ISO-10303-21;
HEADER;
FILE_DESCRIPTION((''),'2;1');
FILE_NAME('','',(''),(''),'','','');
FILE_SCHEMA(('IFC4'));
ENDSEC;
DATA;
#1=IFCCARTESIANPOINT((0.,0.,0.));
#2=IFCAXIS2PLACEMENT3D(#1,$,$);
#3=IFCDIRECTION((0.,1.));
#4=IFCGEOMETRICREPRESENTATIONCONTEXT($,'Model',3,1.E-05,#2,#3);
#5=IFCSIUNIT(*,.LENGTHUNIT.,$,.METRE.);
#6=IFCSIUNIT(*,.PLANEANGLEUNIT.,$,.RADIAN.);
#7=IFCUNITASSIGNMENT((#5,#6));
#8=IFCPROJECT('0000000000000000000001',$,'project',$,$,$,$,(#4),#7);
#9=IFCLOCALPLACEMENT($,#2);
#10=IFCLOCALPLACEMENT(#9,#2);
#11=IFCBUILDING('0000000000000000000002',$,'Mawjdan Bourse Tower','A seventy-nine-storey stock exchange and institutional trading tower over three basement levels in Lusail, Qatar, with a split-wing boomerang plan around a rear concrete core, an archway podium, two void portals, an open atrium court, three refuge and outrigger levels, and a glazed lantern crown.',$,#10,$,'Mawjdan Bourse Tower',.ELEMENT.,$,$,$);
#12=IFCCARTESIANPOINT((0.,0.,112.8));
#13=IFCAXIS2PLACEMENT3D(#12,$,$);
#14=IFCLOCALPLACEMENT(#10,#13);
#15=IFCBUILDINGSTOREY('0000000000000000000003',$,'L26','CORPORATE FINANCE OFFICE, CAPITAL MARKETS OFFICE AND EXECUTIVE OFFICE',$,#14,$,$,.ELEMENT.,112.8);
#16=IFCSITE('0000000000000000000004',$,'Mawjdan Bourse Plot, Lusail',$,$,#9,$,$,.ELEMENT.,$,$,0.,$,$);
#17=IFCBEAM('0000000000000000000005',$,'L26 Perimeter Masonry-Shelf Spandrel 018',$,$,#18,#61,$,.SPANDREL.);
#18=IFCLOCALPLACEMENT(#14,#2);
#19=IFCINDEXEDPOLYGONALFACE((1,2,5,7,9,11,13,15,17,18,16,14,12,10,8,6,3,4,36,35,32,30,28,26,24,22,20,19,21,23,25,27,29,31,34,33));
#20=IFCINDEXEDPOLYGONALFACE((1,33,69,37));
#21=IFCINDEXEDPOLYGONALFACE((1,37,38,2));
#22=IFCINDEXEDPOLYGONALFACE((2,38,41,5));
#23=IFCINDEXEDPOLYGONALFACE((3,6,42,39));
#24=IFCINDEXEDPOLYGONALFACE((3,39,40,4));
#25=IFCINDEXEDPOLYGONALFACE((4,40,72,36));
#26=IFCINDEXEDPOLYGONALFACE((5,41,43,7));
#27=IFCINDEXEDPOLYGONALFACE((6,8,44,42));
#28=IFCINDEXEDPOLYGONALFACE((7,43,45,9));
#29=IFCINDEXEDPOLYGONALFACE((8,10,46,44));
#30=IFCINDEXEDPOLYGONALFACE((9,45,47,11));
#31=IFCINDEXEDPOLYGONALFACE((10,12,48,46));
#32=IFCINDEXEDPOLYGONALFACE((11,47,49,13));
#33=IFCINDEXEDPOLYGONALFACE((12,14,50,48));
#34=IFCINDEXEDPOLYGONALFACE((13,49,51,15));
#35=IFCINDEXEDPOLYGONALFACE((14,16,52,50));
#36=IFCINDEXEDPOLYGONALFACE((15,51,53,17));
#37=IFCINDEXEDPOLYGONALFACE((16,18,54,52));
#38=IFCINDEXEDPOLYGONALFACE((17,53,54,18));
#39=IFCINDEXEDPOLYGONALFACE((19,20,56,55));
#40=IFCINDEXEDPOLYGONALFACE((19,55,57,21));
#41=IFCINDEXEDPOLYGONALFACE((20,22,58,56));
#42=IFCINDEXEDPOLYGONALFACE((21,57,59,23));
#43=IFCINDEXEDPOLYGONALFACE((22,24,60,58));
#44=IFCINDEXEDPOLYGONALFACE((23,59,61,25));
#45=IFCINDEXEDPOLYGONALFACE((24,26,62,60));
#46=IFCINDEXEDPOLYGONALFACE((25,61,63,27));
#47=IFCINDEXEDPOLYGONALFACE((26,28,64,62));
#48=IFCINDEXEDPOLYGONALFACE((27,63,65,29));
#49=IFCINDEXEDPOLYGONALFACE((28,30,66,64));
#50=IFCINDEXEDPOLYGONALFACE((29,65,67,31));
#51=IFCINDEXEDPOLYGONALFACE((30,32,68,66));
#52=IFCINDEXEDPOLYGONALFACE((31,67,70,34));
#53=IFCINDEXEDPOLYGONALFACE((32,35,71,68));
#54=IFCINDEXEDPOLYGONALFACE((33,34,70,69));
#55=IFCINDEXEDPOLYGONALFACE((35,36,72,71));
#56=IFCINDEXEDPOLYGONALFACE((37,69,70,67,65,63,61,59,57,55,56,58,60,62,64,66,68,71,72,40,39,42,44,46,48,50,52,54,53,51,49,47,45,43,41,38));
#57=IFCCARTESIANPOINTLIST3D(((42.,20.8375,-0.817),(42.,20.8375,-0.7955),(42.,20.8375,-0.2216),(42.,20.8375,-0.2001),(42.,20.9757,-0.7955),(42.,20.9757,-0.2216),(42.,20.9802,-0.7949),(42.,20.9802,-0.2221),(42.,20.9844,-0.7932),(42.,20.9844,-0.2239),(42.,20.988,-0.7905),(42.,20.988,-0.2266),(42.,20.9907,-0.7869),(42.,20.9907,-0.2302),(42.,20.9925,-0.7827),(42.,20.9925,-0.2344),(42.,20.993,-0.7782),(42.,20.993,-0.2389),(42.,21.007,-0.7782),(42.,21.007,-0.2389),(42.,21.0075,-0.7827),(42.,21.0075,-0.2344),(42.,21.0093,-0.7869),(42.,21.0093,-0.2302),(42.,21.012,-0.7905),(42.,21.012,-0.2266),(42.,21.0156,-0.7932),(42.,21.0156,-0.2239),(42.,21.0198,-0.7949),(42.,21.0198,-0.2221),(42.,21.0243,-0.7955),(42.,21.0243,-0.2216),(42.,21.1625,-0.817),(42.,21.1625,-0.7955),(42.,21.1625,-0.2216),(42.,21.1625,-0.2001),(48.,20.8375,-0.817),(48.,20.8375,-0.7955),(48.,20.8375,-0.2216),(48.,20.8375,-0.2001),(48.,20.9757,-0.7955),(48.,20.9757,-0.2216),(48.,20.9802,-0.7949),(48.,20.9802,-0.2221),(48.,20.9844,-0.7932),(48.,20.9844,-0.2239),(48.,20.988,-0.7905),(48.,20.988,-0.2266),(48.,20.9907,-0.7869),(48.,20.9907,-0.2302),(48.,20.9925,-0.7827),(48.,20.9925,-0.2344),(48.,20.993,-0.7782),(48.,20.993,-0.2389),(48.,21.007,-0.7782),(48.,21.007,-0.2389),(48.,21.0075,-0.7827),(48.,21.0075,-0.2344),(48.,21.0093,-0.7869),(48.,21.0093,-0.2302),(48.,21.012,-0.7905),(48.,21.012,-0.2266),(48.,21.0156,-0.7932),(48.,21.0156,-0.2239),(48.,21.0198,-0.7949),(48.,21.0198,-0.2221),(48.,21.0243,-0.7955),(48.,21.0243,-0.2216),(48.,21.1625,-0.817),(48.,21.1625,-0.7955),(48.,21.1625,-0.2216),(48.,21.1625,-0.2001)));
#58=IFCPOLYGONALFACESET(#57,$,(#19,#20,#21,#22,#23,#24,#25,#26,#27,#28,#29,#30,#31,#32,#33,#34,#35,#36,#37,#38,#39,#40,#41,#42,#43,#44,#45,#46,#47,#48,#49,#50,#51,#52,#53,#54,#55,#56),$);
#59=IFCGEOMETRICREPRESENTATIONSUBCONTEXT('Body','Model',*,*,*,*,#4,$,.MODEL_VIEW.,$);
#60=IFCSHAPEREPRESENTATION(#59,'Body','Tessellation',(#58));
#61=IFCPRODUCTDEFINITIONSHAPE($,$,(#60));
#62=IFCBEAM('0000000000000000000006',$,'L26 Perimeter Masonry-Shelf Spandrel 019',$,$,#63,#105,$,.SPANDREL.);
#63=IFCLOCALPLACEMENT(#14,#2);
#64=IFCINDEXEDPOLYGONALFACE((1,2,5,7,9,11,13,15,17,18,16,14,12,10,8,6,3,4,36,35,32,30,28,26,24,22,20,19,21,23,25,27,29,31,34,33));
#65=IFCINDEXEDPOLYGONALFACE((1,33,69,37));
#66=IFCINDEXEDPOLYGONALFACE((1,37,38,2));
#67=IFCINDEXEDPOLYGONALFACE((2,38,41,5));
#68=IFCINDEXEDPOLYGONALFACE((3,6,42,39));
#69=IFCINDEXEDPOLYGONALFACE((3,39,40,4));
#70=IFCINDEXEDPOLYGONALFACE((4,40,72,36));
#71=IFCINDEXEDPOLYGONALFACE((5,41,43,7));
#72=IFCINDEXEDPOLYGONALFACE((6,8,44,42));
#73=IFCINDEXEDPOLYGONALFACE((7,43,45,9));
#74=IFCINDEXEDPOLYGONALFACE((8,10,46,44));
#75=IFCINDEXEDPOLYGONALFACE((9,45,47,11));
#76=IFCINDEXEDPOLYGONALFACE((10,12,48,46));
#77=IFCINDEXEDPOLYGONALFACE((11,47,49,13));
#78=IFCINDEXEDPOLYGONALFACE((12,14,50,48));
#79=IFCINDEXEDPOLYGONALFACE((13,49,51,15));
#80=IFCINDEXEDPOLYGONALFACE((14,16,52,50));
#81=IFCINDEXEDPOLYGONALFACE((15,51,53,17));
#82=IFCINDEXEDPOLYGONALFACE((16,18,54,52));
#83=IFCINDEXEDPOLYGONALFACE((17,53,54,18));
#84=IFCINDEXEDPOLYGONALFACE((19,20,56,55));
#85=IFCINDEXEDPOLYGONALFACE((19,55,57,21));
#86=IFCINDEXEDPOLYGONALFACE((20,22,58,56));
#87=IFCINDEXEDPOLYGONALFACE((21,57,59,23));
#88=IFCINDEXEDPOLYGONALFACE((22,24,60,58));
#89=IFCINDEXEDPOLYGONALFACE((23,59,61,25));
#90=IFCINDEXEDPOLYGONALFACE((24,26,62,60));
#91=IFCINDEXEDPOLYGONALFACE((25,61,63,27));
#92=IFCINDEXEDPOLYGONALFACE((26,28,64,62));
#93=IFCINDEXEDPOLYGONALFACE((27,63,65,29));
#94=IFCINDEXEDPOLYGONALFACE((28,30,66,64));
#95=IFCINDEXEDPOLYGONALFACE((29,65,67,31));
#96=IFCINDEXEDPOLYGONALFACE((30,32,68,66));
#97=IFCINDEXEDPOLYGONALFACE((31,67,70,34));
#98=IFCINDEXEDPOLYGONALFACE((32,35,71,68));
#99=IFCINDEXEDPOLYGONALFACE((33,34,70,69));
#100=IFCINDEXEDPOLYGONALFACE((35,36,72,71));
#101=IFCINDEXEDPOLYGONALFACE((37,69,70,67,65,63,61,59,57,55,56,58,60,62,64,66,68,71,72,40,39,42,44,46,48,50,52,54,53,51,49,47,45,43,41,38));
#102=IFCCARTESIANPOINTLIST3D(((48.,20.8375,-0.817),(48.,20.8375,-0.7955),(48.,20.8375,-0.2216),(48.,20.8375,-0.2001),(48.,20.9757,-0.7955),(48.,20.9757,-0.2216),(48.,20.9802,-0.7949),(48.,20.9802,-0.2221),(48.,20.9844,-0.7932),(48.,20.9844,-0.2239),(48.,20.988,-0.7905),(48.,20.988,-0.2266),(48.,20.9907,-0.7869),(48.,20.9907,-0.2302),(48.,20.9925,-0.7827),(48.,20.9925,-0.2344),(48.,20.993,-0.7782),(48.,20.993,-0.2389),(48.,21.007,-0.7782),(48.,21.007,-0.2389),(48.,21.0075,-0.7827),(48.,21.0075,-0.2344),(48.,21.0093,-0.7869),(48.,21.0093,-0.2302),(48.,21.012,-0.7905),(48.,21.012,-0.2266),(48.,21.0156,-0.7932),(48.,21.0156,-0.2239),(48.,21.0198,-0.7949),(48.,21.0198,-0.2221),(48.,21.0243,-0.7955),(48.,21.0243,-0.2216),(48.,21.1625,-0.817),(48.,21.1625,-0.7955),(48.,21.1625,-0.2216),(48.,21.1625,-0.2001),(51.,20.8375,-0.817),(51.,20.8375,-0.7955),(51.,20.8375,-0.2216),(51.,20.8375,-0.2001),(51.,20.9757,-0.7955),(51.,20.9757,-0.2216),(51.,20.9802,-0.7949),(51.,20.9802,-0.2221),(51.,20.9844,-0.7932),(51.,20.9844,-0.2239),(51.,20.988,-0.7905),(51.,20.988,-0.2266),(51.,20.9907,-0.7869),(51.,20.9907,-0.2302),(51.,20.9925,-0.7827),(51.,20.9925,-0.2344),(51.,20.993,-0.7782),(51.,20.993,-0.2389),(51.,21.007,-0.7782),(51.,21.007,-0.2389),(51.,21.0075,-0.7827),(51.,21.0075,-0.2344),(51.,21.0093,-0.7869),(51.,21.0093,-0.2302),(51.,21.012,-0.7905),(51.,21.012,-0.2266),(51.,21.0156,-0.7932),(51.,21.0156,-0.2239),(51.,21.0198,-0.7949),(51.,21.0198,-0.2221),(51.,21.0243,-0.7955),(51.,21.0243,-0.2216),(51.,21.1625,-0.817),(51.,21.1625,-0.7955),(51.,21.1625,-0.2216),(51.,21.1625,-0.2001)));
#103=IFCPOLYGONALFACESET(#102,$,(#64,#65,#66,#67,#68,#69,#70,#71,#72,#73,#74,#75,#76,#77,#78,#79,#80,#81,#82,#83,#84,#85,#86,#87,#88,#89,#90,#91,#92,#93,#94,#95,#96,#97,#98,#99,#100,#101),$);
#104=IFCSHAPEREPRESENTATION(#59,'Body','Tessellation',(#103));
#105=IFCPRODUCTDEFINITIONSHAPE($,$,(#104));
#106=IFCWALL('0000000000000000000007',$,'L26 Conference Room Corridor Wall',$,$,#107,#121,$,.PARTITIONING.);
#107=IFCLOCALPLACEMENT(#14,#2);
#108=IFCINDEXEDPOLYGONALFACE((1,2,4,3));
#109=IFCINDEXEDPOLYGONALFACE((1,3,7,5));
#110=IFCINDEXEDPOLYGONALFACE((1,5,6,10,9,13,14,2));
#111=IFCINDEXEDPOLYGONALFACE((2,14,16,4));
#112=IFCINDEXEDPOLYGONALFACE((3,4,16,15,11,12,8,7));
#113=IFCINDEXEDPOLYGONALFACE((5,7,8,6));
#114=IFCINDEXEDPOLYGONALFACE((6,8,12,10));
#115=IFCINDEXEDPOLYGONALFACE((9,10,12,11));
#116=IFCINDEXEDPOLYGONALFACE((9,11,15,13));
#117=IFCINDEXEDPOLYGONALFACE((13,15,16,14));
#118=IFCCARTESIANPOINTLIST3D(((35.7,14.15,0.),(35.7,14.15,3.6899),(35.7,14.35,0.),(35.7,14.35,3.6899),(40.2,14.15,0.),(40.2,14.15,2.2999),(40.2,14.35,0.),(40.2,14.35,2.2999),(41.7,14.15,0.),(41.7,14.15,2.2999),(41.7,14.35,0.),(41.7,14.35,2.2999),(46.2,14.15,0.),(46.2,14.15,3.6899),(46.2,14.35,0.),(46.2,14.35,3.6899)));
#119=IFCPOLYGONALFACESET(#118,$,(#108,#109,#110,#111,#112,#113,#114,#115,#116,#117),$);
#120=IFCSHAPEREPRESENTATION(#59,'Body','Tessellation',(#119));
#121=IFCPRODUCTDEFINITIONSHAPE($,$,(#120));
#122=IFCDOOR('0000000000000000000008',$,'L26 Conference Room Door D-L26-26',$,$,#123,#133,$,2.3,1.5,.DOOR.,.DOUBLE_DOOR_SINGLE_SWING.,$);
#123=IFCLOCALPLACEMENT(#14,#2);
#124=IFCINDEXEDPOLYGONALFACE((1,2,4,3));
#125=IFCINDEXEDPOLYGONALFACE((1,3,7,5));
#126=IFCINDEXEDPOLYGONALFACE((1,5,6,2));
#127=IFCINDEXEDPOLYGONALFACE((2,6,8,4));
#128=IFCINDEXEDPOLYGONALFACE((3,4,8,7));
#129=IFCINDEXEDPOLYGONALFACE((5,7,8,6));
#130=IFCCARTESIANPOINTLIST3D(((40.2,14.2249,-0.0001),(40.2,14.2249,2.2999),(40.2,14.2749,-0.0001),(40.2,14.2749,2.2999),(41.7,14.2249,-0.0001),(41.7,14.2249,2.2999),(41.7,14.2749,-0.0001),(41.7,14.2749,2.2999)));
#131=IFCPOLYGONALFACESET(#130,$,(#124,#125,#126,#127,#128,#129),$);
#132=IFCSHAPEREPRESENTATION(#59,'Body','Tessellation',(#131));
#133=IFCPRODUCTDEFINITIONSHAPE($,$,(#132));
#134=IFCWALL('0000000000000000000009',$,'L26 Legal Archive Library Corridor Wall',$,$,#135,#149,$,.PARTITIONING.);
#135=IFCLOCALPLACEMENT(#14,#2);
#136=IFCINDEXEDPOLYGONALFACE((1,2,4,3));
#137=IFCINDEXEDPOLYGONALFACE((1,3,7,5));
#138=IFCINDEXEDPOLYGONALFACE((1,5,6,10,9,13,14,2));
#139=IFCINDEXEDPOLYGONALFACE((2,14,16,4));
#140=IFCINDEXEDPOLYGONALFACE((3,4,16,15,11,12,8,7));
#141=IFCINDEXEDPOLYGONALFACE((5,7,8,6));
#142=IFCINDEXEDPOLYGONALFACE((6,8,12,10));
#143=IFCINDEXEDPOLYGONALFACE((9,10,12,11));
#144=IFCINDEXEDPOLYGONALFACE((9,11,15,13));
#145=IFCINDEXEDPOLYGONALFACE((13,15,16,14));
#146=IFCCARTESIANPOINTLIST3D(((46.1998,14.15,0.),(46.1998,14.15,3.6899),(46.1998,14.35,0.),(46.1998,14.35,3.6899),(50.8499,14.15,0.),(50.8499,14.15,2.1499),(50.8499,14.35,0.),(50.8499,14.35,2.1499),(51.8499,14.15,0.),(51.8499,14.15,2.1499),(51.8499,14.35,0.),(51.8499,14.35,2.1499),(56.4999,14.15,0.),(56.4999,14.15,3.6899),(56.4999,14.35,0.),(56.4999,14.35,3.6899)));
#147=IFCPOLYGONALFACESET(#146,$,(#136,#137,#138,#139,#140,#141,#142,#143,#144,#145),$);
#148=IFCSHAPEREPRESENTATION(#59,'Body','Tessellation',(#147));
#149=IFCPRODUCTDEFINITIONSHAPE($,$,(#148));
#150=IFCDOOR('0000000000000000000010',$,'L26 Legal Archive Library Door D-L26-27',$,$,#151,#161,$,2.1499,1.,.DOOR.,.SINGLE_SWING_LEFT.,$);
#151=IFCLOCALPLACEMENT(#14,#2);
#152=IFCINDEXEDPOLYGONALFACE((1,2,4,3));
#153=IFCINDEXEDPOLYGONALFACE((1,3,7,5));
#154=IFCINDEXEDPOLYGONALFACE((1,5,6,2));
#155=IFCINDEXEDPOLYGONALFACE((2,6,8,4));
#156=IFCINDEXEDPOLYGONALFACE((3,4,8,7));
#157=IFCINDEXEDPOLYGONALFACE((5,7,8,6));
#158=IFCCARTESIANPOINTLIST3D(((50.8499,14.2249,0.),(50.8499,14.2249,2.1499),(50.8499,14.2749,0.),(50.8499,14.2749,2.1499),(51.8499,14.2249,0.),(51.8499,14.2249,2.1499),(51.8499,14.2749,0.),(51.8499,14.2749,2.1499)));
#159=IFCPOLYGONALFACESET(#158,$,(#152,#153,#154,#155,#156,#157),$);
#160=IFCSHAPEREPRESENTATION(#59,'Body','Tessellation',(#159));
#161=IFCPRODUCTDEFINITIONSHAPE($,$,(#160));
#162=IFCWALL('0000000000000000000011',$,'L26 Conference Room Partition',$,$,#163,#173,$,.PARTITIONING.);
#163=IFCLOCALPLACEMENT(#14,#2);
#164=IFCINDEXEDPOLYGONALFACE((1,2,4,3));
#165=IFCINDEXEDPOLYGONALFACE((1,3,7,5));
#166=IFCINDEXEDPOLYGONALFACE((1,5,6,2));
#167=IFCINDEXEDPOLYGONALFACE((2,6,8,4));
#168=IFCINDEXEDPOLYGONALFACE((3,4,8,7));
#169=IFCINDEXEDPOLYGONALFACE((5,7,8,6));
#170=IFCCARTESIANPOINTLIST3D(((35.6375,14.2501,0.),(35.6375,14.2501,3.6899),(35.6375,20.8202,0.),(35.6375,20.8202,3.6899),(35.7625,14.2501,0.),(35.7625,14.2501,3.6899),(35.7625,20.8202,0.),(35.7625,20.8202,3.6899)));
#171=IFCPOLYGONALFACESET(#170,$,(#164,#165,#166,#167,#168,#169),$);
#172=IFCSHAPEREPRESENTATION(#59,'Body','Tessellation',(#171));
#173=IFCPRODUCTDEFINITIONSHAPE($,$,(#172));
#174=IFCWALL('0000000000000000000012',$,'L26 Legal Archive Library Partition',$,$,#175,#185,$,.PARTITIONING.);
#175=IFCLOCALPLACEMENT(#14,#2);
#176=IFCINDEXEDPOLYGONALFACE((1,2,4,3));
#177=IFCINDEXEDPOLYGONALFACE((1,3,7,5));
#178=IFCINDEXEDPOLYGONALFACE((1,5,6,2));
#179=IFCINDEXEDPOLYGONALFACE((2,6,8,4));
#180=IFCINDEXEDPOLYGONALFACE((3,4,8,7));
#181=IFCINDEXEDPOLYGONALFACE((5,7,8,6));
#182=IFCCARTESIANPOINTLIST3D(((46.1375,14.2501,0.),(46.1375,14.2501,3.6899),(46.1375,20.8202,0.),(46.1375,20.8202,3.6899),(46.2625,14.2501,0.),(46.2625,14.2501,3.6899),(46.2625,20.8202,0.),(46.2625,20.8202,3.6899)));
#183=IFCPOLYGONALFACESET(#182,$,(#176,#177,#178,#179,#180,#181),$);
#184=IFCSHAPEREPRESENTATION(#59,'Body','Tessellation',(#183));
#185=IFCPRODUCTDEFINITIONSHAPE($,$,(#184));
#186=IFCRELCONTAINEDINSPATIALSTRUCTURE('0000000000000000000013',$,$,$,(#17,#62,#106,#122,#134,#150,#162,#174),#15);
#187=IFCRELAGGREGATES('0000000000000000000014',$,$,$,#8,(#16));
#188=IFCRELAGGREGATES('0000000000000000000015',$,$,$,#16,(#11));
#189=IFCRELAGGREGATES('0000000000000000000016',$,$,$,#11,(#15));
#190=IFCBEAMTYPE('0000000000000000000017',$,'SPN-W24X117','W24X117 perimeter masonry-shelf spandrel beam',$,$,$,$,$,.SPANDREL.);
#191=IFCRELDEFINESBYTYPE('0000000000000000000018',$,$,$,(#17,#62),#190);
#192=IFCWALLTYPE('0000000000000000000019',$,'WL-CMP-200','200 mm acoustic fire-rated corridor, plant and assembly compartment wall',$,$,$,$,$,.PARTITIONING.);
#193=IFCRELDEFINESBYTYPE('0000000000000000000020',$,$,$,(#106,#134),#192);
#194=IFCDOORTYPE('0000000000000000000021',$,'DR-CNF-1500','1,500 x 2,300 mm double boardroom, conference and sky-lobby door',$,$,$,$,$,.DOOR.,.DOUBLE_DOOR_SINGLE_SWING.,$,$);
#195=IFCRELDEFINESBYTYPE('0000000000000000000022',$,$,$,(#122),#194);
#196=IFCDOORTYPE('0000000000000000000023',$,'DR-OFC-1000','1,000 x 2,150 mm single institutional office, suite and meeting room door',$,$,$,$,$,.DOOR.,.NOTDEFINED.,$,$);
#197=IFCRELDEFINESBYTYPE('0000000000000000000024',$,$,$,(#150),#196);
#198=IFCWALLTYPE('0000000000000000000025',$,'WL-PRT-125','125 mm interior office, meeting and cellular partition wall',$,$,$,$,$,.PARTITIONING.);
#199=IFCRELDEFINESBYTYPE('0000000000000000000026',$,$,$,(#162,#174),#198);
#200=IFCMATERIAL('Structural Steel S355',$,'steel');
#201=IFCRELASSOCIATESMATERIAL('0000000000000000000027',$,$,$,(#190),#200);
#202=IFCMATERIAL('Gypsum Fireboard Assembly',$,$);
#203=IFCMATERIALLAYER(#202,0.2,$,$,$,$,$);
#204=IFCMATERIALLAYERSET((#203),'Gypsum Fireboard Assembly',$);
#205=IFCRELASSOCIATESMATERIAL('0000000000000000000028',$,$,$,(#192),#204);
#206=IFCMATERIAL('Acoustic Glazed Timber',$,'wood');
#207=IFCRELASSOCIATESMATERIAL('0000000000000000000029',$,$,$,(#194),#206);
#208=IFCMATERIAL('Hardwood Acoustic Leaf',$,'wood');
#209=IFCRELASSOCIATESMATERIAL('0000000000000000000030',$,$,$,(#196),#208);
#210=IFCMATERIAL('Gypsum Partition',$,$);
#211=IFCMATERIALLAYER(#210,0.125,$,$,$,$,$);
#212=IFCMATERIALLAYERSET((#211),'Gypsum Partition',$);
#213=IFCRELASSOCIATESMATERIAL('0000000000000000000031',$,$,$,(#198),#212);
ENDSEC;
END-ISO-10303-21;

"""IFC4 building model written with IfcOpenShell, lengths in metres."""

from ifc_helpers import new_model, si_unit, direction, frame, frame_2d, origin, origin_2d, place, context, subcontext, project, spatial, rectangle, i_section, extrude, material, layer, layer_set, material_profile, profile_set, type_object, element, fill, save


model = new_model("IFC4")

# Units and contexts
model_context = context("Model", 3, precision=1e-05, world=origin(), true_north=direction((0.0, 1.0)))
body_context = subcontext(model_context, "Body", "Model", "MODEL_VIEW")
ifc_project = project(units=[si_unit("LENGTHUNIT", "METRE"), si_unit("PLANEANGLEUNIT", "RADIAN")], contexts=[model_context])

# Site, building, storey
site_placement = place(None, origin())
site = spatial("IfcSite", under=ifc_project, at=site_placement, Name="Mawjdan Bourse Plot, Lusail", CompositionType="ELEMENT", RefElevation=0.0)
building_placement = place(site_placement, origin())
building = spatial("IfcBuilding", under=site, at=building_placement, Name="Mawjdan Bourse Tower", Description="A seventy-nine-storey stock exchange and institutional trading tower over three basement levels in Lusail, Qatar, with a split-wing boomerang plan around a rear concrete core, an archway podium, two void portals, an open atrium court, three refuge and outrigger levels, and a glazed lantern crown.", LongName="Mawjdan Bourse Tower", CompositionType="ELEMENT")
storey_placement = place(building_placement, frame((0.0, 0.0, 112.8)))
storey = spatial("IfcBuildingStorey", under=building, at=storey_placement, Name="L26", Description="CORPORATE FINANCE OFFICE, CAPITAL MARKETS OFFICE AND EXECUTIVE OFFICE", CompositionType="ELEMENT", Elevation=112.8)

# Beams
ifc_material_1 = material(Name="Structural Steel S355", Category="steel")
ifc_material_profile_1 = material_profile(ifc_material_1, i_section(OverallWidth=0.325, OverallDepth=0.6169, WebThickness=0.0139, FlangeThickness=0.0215, FilletRadius=0.0173, at=origin_2d()), Name="W24X117")
ifc_profile_set_1 = profile_set([ifc_material_profile_1], Name="Structural Steel S355")
beam_type_1 = type_object("IfcBeamType", Name="SPN-W24X117", Description="W24X117 perimeter masonry-shelf spandrel beam", PredefinedType="SPANDREL", material=ifc_profile_set_1)
beam_1_placement = place(storey_placement, frame((42.0, 21.0, -0.5085), z_axis=(1.0, 0.0, 0.0), x_axis=(0.0, 1.0, 0.0)))
element("IfcBeam", 1, at=beam_1_placement, inside=storey, type_object=beam_type_1, Name="L26 Perimeter Masonry-Shelf Spandrel 018", PredefinedType="SPANDREL", context=body_context, shape_type="SweptSolid", body=[
    extrude(i_section(OverallWidth=0.325, OverallDepth=0.6169, WebThickness=0.0139, FlangeThickness=0.0215, FilletRadius=0.0173, at=origin_2d()), origin(), (0.0, 0.0, 1.0), 6.0),
])
beam_2_placement = place(storey_placement, frame((48.0, 21.0, -0.5085), z_axis=(1.0, 0.0, 0.0), x_axis=(0.0, 1.0, 0.0)))
element("IfcBeam", 2, at=beam_2_placement, inside=storey, type_object=beam_type_1, Name="L26 Perimeter Masonry-Shelf Spandrel 019", PredefinedType="SPANDREL", context=body_context, shape_type="SweptSolid", body=[
    extrude(i_section(OverallWidth=0.325, OverallDepth=0.6169, WebThickness=0.0139, FlangeThickness=0.0215, FilletRadius=0.0173, at=origin_2d()), origin(), (0.0, 0.0, 1.0), 3.0),
])

# Walls, openings, doors
ifc_material_2 = material(Name="Gypsum Fireboard Assembly")
ifc_layer_1 = layer(ifc_material_2, 0.2)
ifc_layer_set_1 = layer_set([ifc_layer_1], Name="Gypsum Fireboard Assembly")
wall_type_1 = type_object("IfcWallType", Name="WL-CMP-200", Description="200 mm acoustic fire-rated corridor, plant and assembly compartment wall", PredefinedType="PARTITIONING", material=ifc_layer_set_1)
wall_1_placement = place(storey_placement, frame((35.7, 14.25, 0.0), z_axis=(0.0, 0.0, 1.0), x_axis=(1.0, 0.0, 0.0)))
wall_1 = element("IfcWall", 3, at=wall_1_placement, inside=storey, type_object=wall_type_1, Name="L26 Conference Room Corridor Wall", PredefinedType="PARTITIONING", context=body_context, shape_type="SweptSolid", body=[
    extrude(rectangle(XDim=10.5, YDim=0.2, at=frame_2d((5.25, 0.0))), origin(), (0.0, 0.0, 1.0), 3.6899),
])
opening_1_placement = place(wall_1_placement, frame((4.5, 0.0, 0.0)))
opening_1 = element("IfcOpeningElement", 4, at=opening_1_placement, cuts=wall_1, PredefinedType="OPENING", context=body_context, shape_type="SweptSolid", body=[
    extrude(rectangle(XDim=1.5, YDim=2.3, at=frame_2d((0.75, 1.1499))), frame((0.0, 0.1099, 0.0), z_axis=(0.0, -1.0, 0.0), x_axis=(1.0, 0.0, 0.0)), (0.0, 0.0, 1.0), 0.22),
])
ifc_material_3 = material(Name="Acoustic Glazed Timber", Category="wood")
door_type_1 = type_object("IfcDoorType", Name="DR-CNF-1500", Description="1,500 x 2,300 mm double boardroom, conference and sky-lobby door", OperationType="DOUBLE_DOOR_SINGLE_SWING", PredefinedType="DOOR", material=ifc_material_3)
door_1_placement = place(opening_1_placement, origin())
door_1 = element("IfcDoor", 5, at=door_1_placement, inside=storey, type_object=door_type_1, Name="L26 Conference Room Door D-L26-26", OperationType="DOUBLE_DOOR_SINGLE_SWING", OverallHeight=2.3, OverallWidth=1.5, PredefinedType="DOOR", context=body_context, shape_type="SweptSolid", body=[
    extrude(rectangle(XDim=1.5, YDim=2.3, at=frame_2d((0.75, 1.1499))), frame((0.0, 0.0249, 0.0), z_axis=(0.0, -1.0, 0.0), x_axis=(1.0, 0.0, 0.0)), (0.0, 0.0, 1.0), 0.05),
])
fill(opening_1, door_1)
wall_2_placement = place(storey_placement, frame((46.2, 14.25, 0.0), z_axis=(0.0, 0.0, 1.0), x_axis=(1.0, 0.0, 0.0)))
wall_2 = element("IfcWall", 6, at=wall_2_placement, inside=storey, type_object=wall_type_1, Name="L26 Legal Archive Library Corridor Wall", PredefinedType="PARTITIONING", context=body_context, shape_type="SweptSolid", body=[
    extrude(rectangle(XDim=10.3, YDim=0.2, at=frame_2d((5.1499, 0.0))), origin(), (0.0, 0.0, 1.0), 3.6899),
])
opening_2_placement = place(wall_2_placement, frame((4.6499, 0.0, 0.0)))
opening_2 = element("IfcOpeningElement", 7, at=opening_2_placement, cuts=wall_2, PredefinedType="OPENING", context=body_context, shape_type="SweptSolid", body=[
    extrude(rectangle(XDim=1.0, YDim=2.1499, at=frame_2d((0.5, 1.075))), frame((0.0, 0.1099, 0.0), z_axis=(0.0, -1.0, 0.0), x_axis=(1.0, 0.0, 0.0)), (0.0, 0.0, 1.0), 0.22),
])
ifc_material_4 = material(Name="Hardwood Acoustic Leaf", Category="wood")
door_type_2 = type_object("IfcDoorType", Name="DR-OFC-1000", Description="1,000 x 2,150 mm single institutional office, suite and meeting room door", OperationType="NOTDEFINED", PredefinedType="DOOR", material=ifc_material_4)
door_2_placement = place(opening_2_placement, origin())
door_2 = element("IfcDoor", 8, at=door_2_placement, inside=storey, type_object=door_type_2, Name="L26 Legal Archive Library Door D-L26-27", OperationType="SINGLE_SWING_LEFT", OverallHeight=2.1499, OverallWidth=1.0, PredefinedType="DOOR", context=body_context, shape_type="SweptSolid", body=[
    extrude(rectangle(XDim=1.0, YDim=2.1499, at=frame_2d((0.5, 1.075))), frame((0.0, 0.0249, 0.0), z_axis=(0.0, -1.0, 0.0), x_axis=(1.0, 0.0, 0.0)), (0.0, 0.0, 1.0), 0.05),
])
fill(opening_2, door_2)

# Walls
ifc_material_5 = material(Name="Gypsum Partition")
ifc_layer_2 = layer(ifc_material_5, 0.125)
ifc_layer_set_2 = layer_set([ifc_layer_2], Name="Gypsum Partition")
wall_type_2 = type_object("IfcWallType", Name="WL-PRT-125", Description="125 mm interior office, meeting and cellular partition wall", PredefinedType="PARTITIONING", material=ifc_layer_set_2)
for number, where, z_axis, x_axis, name in (
    (9, (35.7, 14.25, 0.0), (0.0, 0.0, 1.0), (0.0, 1.0, 0.0), "L26 Conference Room Partition"),
    (10, (46.2, 14.25, 0.0), (0.0, 0.0, 1.0), (0.0, 1.0, 0.0), "L26 Legal Archive Library Partition"),
):
    element("IfcWall", number, at=place(storey_placement, frame(where, z_axis=z_axis, x_axis=x_axis)), inside=storey, type_object=wall_type_2, Name=name, PredefinedType="PARTITIONING", context=body_context, shape_type="SweptSolid", body=[
        extrude(rectangle(XDim=6.5701, YDim=0.125, at=frame_2d((3.2852, 0.0))), origin(), (0.0, 0.0, 1.0), 3.6899),
    ])

save(model, "model.ifc")
